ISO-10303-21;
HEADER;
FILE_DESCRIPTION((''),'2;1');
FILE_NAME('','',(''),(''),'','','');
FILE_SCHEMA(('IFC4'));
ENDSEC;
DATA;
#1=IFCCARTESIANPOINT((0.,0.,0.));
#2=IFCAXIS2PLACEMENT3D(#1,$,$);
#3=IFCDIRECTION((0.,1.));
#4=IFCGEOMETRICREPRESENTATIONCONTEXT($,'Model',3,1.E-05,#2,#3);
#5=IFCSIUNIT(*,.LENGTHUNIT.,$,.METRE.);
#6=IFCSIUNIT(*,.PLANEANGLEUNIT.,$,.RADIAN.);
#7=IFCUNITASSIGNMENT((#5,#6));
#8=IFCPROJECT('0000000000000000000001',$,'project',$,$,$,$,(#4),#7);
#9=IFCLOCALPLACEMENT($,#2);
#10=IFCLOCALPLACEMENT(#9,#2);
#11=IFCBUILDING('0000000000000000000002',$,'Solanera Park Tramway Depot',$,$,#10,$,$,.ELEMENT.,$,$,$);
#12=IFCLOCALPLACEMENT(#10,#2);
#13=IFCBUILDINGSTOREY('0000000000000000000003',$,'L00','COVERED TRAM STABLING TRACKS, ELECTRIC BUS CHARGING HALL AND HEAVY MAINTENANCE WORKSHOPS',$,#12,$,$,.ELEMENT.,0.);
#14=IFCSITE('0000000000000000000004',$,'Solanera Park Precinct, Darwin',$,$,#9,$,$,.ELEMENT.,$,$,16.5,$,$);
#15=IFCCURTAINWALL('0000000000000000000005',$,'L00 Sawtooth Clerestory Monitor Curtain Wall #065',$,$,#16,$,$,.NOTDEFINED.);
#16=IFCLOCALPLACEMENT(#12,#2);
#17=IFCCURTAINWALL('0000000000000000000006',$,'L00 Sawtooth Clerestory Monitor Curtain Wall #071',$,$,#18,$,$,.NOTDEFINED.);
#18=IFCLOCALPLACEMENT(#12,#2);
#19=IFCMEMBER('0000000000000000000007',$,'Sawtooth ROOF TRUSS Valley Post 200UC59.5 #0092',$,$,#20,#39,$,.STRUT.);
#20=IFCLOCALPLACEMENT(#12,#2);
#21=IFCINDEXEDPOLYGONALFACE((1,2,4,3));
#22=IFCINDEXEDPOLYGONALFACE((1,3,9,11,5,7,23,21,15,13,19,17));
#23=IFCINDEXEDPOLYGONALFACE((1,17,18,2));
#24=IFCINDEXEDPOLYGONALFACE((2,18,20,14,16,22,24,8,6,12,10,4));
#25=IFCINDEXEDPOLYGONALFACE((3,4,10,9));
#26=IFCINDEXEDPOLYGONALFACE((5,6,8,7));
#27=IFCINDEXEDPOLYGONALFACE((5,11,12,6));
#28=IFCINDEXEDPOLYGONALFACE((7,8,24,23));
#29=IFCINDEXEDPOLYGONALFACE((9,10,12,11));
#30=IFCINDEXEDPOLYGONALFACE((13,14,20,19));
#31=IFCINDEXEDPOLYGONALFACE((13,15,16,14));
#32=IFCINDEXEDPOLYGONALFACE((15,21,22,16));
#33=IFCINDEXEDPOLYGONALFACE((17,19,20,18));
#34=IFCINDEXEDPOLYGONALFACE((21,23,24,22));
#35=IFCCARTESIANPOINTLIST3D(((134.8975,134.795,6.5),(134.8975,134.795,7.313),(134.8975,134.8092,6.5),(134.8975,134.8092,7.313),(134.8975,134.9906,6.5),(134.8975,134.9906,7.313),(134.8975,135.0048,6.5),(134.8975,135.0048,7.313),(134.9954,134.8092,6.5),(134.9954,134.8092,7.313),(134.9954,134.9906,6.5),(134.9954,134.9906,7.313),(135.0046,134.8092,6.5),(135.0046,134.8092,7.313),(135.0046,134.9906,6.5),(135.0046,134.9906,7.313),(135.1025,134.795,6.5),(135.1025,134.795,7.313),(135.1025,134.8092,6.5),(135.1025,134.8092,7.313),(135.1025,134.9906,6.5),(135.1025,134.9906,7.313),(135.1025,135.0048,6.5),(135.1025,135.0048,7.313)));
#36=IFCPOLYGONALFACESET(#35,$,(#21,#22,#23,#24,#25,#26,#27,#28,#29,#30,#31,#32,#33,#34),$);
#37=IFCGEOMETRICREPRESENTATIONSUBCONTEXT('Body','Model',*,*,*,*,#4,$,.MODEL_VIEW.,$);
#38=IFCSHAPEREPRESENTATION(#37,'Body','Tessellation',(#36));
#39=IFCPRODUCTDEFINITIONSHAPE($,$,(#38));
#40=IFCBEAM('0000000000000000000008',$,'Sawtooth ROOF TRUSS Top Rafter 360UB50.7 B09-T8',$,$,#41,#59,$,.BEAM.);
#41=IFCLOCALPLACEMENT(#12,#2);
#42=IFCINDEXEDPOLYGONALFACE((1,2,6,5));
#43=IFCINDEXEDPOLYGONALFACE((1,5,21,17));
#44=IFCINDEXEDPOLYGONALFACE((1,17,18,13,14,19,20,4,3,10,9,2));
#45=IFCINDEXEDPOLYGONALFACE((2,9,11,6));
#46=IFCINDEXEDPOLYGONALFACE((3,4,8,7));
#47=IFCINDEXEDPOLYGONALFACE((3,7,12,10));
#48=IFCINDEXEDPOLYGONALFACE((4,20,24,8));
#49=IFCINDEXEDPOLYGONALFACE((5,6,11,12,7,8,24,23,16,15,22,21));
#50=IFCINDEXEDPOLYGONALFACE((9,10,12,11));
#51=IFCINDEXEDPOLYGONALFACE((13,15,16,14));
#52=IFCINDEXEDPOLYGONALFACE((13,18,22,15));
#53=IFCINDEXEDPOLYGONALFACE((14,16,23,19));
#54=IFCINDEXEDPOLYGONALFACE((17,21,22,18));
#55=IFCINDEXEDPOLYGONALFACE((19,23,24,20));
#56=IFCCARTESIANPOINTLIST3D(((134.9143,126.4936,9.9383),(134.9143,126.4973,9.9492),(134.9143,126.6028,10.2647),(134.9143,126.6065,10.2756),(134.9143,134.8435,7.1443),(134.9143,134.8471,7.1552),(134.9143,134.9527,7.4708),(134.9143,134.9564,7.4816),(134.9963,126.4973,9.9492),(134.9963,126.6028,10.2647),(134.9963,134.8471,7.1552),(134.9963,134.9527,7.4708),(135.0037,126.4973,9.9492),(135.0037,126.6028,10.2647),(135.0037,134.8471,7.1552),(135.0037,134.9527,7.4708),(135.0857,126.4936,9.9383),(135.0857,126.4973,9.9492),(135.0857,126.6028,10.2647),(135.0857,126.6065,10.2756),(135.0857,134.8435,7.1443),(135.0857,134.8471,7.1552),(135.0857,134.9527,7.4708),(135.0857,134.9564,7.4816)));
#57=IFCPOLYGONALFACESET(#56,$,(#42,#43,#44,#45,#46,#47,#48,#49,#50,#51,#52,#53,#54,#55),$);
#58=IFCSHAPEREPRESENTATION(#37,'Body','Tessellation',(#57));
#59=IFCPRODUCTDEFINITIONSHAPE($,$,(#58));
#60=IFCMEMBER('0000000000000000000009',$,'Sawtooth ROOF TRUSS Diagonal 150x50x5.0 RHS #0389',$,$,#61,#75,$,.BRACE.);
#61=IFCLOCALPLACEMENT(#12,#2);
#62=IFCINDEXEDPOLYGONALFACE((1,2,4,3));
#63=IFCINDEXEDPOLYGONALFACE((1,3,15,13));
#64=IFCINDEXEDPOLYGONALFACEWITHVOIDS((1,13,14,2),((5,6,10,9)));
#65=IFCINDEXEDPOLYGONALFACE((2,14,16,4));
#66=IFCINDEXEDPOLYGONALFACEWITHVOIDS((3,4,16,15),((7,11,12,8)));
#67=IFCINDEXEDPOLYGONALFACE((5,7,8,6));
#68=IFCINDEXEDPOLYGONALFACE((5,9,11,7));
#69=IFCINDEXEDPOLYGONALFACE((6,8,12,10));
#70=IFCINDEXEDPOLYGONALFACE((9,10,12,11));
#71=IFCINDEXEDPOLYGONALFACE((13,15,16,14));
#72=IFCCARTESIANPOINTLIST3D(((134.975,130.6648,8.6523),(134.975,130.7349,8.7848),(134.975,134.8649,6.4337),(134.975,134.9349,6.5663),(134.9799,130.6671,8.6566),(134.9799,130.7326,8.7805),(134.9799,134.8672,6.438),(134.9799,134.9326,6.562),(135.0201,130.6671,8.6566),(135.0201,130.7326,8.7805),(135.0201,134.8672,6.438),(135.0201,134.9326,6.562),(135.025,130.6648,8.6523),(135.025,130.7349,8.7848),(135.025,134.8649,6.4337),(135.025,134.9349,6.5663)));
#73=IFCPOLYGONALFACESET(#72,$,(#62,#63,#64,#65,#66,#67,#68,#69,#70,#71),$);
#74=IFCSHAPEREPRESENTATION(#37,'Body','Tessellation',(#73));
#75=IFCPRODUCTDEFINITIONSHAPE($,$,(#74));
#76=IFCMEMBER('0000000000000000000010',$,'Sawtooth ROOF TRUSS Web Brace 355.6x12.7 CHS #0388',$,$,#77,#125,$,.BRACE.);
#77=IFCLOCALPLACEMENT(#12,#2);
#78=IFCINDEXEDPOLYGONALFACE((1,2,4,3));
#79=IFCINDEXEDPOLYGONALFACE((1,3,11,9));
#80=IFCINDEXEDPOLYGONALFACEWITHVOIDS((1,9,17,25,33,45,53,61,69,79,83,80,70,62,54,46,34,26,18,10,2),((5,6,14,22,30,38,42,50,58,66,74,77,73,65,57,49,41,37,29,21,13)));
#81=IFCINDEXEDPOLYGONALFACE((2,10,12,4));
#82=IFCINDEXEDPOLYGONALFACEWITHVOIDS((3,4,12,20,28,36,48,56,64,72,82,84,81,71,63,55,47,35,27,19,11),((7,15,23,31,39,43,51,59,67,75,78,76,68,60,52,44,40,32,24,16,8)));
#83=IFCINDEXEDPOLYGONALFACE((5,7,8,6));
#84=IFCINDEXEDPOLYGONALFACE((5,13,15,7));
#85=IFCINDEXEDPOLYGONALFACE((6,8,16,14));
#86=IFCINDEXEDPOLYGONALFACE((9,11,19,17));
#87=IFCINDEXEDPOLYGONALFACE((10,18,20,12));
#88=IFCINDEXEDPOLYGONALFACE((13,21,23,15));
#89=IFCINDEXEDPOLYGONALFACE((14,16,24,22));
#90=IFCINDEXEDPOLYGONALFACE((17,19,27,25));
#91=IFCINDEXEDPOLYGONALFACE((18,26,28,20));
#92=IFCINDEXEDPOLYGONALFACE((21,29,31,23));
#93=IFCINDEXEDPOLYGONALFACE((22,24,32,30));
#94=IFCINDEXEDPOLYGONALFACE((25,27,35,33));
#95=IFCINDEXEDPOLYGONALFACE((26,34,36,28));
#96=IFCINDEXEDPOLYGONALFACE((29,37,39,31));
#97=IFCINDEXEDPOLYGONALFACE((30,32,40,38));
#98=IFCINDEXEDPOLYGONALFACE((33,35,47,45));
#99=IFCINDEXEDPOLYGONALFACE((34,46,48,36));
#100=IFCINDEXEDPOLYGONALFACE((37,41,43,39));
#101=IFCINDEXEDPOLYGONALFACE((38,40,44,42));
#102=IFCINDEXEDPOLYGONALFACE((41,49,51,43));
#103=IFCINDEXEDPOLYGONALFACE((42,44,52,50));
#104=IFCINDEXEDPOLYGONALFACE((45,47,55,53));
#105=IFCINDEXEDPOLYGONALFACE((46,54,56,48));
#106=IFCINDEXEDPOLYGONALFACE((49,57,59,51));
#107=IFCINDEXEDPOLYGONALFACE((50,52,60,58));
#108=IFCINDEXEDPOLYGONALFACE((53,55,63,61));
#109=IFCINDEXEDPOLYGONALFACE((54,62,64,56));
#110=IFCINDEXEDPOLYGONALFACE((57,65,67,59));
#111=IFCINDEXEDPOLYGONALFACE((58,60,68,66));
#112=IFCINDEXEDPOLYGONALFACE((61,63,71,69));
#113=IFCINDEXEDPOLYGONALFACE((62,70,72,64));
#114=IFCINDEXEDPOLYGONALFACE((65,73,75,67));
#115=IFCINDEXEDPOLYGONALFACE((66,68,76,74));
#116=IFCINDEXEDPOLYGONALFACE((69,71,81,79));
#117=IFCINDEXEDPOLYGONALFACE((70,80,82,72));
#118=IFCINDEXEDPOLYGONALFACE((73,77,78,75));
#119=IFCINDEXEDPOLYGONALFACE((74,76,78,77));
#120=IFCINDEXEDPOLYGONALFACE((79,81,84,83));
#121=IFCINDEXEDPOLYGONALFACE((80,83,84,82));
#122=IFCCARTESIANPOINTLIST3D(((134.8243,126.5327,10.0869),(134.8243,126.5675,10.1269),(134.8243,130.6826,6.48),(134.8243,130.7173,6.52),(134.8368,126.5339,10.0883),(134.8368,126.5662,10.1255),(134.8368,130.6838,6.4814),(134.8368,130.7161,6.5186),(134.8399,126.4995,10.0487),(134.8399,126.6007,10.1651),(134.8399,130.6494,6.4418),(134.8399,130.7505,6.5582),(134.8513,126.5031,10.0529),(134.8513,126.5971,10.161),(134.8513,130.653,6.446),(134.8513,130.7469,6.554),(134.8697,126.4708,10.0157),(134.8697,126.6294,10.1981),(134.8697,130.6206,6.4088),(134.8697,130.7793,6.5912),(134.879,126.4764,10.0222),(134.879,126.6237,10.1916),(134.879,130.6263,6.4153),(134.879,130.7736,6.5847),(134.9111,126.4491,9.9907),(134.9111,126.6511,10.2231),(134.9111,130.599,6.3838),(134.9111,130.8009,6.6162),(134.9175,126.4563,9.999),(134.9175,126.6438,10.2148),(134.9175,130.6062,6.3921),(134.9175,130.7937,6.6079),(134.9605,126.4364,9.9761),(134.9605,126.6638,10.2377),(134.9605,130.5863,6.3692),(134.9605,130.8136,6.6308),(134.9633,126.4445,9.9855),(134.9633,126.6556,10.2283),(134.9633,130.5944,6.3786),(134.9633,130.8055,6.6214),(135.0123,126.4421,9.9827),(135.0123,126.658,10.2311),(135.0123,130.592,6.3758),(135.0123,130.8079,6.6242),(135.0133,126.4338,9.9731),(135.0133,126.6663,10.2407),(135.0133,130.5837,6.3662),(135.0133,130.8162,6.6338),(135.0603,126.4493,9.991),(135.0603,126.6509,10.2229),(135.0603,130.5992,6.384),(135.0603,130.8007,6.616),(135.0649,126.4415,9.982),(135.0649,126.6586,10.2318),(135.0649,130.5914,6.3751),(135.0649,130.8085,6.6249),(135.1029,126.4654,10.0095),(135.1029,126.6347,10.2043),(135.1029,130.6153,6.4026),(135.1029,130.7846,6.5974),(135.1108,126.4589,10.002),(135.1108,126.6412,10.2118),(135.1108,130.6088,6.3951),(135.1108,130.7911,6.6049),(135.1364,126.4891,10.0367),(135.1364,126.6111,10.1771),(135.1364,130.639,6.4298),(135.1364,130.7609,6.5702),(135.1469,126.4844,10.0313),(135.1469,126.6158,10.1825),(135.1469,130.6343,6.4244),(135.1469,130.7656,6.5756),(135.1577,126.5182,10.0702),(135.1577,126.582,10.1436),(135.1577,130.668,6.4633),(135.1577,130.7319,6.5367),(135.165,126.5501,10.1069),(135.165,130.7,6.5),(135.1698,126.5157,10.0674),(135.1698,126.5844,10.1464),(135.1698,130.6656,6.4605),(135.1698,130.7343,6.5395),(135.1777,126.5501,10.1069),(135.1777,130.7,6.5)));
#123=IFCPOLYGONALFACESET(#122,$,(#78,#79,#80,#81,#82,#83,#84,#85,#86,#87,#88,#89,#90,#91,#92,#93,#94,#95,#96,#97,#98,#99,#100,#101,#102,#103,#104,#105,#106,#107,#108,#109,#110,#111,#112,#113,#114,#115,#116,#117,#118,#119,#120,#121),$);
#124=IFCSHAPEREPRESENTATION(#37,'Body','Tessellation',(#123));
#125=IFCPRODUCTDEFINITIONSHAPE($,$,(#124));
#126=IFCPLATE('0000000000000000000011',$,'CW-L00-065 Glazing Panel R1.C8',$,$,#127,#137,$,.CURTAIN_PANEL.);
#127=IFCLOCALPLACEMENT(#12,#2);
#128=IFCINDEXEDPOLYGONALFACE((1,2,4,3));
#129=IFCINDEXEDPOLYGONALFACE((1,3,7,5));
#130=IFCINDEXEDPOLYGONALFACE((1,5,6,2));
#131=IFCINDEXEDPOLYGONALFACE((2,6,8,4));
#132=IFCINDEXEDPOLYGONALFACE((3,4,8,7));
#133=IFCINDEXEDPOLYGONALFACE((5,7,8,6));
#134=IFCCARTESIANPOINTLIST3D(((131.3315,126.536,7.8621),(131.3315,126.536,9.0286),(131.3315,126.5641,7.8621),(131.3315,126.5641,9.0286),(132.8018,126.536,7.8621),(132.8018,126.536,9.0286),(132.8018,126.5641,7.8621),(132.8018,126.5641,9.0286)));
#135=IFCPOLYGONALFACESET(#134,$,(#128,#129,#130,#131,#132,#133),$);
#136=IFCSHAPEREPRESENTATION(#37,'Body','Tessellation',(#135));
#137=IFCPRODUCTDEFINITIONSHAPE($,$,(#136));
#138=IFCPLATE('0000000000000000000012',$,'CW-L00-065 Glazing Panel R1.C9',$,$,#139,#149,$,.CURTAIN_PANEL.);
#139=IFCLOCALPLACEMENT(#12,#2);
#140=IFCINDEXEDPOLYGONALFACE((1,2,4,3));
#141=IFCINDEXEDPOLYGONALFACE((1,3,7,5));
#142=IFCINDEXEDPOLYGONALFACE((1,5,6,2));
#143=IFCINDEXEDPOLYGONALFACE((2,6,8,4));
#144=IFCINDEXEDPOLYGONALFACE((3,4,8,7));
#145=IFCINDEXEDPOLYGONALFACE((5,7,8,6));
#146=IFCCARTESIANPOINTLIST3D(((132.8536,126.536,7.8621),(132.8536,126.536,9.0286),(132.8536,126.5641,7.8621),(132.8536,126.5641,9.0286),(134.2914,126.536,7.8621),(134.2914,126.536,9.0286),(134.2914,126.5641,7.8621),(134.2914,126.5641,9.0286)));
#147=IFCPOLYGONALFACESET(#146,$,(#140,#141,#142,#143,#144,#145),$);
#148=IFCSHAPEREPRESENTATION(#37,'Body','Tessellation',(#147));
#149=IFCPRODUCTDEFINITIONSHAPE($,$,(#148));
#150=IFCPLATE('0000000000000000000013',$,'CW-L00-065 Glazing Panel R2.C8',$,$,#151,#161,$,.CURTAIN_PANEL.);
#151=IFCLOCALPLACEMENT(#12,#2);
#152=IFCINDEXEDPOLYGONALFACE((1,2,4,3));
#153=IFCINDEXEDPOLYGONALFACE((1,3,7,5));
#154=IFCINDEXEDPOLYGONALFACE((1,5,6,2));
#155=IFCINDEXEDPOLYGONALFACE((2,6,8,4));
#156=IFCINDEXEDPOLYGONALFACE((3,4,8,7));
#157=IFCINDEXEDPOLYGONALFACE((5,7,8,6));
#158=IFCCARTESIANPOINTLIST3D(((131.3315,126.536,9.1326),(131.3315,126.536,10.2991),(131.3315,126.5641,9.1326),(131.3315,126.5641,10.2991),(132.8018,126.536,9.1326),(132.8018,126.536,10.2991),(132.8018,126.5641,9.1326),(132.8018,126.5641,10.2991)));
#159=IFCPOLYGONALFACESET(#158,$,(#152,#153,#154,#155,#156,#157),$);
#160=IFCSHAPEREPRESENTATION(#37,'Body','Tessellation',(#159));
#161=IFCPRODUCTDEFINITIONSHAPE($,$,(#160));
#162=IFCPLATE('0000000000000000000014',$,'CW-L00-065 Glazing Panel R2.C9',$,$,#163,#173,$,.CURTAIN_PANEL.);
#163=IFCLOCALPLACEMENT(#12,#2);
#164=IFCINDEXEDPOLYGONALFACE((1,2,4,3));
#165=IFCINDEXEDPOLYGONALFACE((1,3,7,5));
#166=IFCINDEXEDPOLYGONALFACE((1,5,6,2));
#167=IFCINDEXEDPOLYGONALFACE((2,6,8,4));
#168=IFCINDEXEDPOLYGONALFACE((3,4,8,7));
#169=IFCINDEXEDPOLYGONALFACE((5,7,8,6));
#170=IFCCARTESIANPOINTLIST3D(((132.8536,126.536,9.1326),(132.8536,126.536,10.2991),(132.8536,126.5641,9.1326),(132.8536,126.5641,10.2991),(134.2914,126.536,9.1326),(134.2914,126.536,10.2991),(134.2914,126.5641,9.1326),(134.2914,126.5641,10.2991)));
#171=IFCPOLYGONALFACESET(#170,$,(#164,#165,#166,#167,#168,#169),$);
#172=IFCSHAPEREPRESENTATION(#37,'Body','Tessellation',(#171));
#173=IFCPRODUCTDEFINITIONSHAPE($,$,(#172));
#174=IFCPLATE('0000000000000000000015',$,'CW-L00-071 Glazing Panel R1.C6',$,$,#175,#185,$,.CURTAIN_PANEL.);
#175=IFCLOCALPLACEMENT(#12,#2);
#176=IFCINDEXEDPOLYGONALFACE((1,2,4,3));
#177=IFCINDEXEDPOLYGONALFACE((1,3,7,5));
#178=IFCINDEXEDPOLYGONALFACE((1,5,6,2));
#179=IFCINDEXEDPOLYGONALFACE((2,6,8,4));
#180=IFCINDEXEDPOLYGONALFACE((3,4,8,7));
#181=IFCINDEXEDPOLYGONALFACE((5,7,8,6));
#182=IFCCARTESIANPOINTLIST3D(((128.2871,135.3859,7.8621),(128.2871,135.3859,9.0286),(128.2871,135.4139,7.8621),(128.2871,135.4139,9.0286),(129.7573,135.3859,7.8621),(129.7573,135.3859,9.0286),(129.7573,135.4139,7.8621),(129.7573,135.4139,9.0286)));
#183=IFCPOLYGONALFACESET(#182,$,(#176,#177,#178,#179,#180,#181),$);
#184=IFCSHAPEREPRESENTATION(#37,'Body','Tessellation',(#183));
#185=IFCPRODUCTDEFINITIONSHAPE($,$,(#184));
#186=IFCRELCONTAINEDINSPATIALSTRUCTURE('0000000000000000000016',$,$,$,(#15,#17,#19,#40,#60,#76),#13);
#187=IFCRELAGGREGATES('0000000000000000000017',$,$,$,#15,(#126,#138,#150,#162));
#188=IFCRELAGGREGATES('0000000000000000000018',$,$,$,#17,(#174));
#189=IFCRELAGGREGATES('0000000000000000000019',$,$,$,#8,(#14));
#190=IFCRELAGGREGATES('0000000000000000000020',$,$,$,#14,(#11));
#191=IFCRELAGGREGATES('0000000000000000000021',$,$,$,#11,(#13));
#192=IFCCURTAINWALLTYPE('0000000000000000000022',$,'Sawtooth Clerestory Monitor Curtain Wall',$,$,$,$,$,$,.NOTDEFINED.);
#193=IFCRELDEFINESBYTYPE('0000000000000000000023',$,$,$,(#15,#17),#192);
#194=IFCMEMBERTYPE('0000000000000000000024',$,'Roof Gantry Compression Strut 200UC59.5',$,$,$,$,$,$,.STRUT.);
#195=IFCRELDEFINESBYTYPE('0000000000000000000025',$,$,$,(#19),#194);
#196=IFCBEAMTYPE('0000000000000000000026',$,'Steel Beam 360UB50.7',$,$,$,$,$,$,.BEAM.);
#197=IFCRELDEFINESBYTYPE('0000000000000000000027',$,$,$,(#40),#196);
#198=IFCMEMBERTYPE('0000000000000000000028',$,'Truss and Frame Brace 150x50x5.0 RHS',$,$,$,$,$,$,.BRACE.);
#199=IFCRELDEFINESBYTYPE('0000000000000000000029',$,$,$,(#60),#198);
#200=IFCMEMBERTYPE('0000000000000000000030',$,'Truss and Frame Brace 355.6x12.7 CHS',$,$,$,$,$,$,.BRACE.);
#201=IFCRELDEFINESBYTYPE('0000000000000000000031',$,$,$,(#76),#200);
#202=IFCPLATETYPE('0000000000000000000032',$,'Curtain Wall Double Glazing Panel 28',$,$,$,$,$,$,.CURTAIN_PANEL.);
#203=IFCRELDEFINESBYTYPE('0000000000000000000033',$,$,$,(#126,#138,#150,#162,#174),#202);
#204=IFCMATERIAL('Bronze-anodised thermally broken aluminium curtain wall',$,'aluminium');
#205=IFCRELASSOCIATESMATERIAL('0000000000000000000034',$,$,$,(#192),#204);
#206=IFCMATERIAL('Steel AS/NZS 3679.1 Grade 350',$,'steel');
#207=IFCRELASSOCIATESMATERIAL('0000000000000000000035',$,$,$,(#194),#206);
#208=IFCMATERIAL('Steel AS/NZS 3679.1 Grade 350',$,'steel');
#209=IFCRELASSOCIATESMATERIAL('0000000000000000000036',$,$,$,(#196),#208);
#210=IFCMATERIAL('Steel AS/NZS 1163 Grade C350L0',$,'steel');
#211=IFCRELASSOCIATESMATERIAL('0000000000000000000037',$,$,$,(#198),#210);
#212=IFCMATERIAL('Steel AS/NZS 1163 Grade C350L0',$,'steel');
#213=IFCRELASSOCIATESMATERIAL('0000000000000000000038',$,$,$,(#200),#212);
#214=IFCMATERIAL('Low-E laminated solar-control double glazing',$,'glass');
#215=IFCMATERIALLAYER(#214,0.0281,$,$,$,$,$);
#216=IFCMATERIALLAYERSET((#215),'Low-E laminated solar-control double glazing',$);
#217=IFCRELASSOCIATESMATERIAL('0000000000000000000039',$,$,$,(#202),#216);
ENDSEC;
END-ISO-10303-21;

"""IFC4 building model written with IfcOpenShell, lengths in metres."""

from ifc_helpers import new_model, si_unit, direction, frame, origin, origin_2d, place, context, subcontext, project, spatial, rectangle, hollow_rectangle, hollow_circle, i_section, extrude, material, layer, layer_set, material_profile, profile_set, type_object, element, aggregate, save


model = new_model("IFC4")

# Units and contexts
model_context = context("Model", 3, precision=1e-05, world=origin(), true_north=direction((0.0, 1.0)))
body_context = subcontext(model_context, "Body", "Model", "MODEL_VIEW")
ifc_project = project(units=[si_unit("LENGTHUNIT", "METRE"), si_unit("PLANEANGLEUNIT", "RADIAN")], contexts=[model_context])

# Site, building, storey
site_placement = place(None, origin())
site = spatial("IfcSite", under=ifc_project, at=site_placement, Name="Solanera Park Precinct, Darwin", CompositionType="ELEMENT", RefElevation=16.5)
building_placement = place(site_placement, origin())
building = spatial("IfcBuilding", under=site, at=building_placement, Name="Solanera Park Tramway Depot", CompositionType="ELEMENT")
storey_placement = place(building_placement, origin())
storey = spatial("IfcBuildingStorey", under=building, at=storey_placement, Name="L00", Description="COVERED TRAM STABLING TRACKS, ELECTRIC BUS CHARGING HALL AND HEAVY MAINTENANCE WORKSHOPS", CompositionType="ELEMENT", Elevation=0.0)

# Curtain wall
ifc_material_1 = material(Name="Bronze-anodised thermally broken aluminium curtain wall", Category="aluminium")
curtain_wall_type = type_object("IfcCurtainWallType", Name="Sawtooth Clerestory Monitor Curtain Wall", PredefinedType="NOTDEFINED", material=ifc_material_1)
curtain_wall_1_placement = place(storey_placement, origin())
curtain_wall_1 = element("IfcCurtainWall", 1, at=curtain_wall_1_placement, inside=storey, type_object=curtain_wall_type, Name="L00 Sawtooth Clerestory Monitor Curtain Wall #065", PredefinedType="NOTDEFINED")

# Curtain wall
curtain_wall_2_placement = place(storey_placement, origin())
curtain_wall_2 = element("IfcCurtainWall", 2, at=curtain_wall_2_placement, inside=storey, type_object=curtain_wall_type, Name="L00 Sawtooth Clerestory Monitor Curtain Wall #071", PredefinedType="NOTDEFINED")

# Member
ifc_material_2 = material(Name="Steel AS/NZS 3679.1 Grade 350", Category="steel")
ifc_material_profile_1 = material_profile(ifc_material_2, i_section(OverallWidth=0.2051, OverallDepth=0.2097, WebThickness=0.0093, FlangeThickness=0.0142, at=origin_2d()), Name="200UC59.5")
ifc_profile_set_1 = profile_set([ifc_material_profile_1], Name="Steel AS/NZS 3679.1 Grade 350")
member_type_1 = type_object("IfcMemberType", Name="Roof Gantry Compression Strut 200UC59.5", PredefinedType="STRUT", material=ifc_profile_set_1)
member_1_placement = place(storey_placement, frame((135.0, 134.8999, 6.5), z_axis=(0.0, 0.0, 1.0), x_axis=(1.0, 0.0, 0.0)))
element("IfcMember", 3, at=member_1_placement, inside=storey, type_object=member_type_1, Name="Sawtooth ROOF TRUSS Valley Post 200UC59.5 #0092", PredefinedType="STRUT", context=body_context, shape_type="SweptSolid", body=[
    extrude(i_section(OverallWidth=0.2051, OverallDepth=0.2097, WebThickness=0.0093, FlangeThickness=0.0142, at=origin_2d()), origin(), (0.0, 0.0, 1.0), 0.813),
])

# Beam
ifc_material_3 = material(Name="Steel AS/NZS 3679.1 Grade 350", Category="steel")
ifc_material_profile_2 = material_profile(ifc_material_3, i_section(OverallWidth=0.1714, OverallDepth=0.3557, WebThickness=0.0073, FlangeThickness=0.0115, at=origin_2d()), Name="360UB50.7")
ifc_profile_set_2 = profile_set([ifc_material_profile_2], Name="Steel AS/NZS 3679.1 Grade 350")
beam_type = type_object("IfcBeamType", Name="Steel Beam 360UB50.7", PredefinedType="BEAM", material=ifc_profile_set_2)
beam_placement = place(storey_placement, frame((135.0, 126.55, 10.1069), z_axis=(0.0, 0.948319, -0.317317), x_axis=(-1.0, 0.0, 0.0)))
element("IfcBeam", 4, at=beam_placement, inside=storey, type_object=beam_type, Name="Sawtooth ROOF TRUSS Top Rafter 360UB50.7 B09-T8", PredefinedType="BEAM", context=body_context, shape_type="SweptSolid", body=[
    extrude(i_section(OverallWidth=0.1714, OverallDepth=0.3557, WebThickness=0.0073, FlangeThickness=0.0115, at=origin_2d()), origin(), (0.0, 0.0, 1.0), 8.8049),
])

# Members
ifc_material_4 = material(Name="Steel AS/NZS 1163 Grade C350L0", Category="steel")
ifc_material_profile_3 = material_profile(ifc_material_4, hollow_rectangle(XDim=0.05, YDim=0.1499, WallThickness=0.0049, at=origin_2d()), Name="150x50x5.0 RHS")
ifc_profile_set_3 = profile_set([ifc_material_profile_3], Name="Steel AS/NZS 1163 Grade C350L0")
member_type_2 = type_object("IfcMemberType", Name="Truss and Frame Brace 150x50x5.0 RHS", PredefinedType="BRACE", material=ifc_profile_set_3)
member_2_placement = place(storey_placement, frame((135.0, 134.8999, 6.5), z_axis=(0.0, -0.884223, 0.467066), x_axis=(1.0, 0.0, 0.0)))
element("IfcMember", 5, at=member_2_placement, inside=storey, type_object=member_type_2, Name="Sawtooth ROOF TRUSS Diagonal 150x50x5.0 RHS #0389", PredefinedType="BRACE", context=body_context, shape_type="SweptSolid", body=[
    extrude(hollow_rectangle(XDim=0.05, YDim=0.1499, WallThickness=0.0049, at=origin_2d()), origin(), (0.0, 0.0, 1.0), 4.75),
])
ifc_material_5 = material(Name="Steel AS/NZS 1163 Grade C350L0", Category="steel")
ifc_material_profile_4 = material_profile(ifc_material_5, hollow_circle(Radius=0.1777, WallThickness=0.0127, at=origin_2d()), Name="355.6x12.7 CHS")
ifc_profile_set_4 = profile_set([ifc_material_profile_4], Name="Steel AS/NZS 1163 Grade C350L0")
member_type_3 = type_object("IfcMemberType", Name="Truss and Frame Brace 355.6x12.7 CHS", PredefinedType="BRACE", material=ifc_profile_set_4)
member_3_placement = place(storey_placement, frame((135.0, 130.7, 6.5), z_axis=(0.0, -0.754757, 0.656005), x_axis=(1.0, 0.0, 0.0)))
element("IfcMember", 6, at=member_3_placement, inside=storey, type_object=member_type_3, Name="Sawtooth ROOF TRUSS Web Brace 355.6x12.7 CHS #0388", PredefinedType="BRACE", context=body_context, shape_type="SweptSolid", body=[
    extrude(hollow_circle(Radius=0.1777, WallThickness=0.0127, at=origin_2d()), origin(), (0.0, 0.0, 1.0), 5.4983),
])

# Plates
ifc_material_6 = material(Name="Low-E laminated solar-control double glazing", Category="glass")
ifc_layer_1 = layer(ifc_material_6, 0.0281)
ifc_layer_set_1 = layer_set([ifc_layer_1], Name="Low-E laminated solar-control double glazing")
plate_type_1 = type_object("IfcPlateType", Name="Curtain Wall Double Glazing Panel 28", PredefinedType="CURTAIN_PANEL", material=ifc_layer_set_1)
plate_1_placement = place(storey_placement, frame((132.0667, 126.55, 7.8621), z_axis=(0.0, 0.0, 1.0), x_axis=(1.0, 0.0, 0.0)))
plate_1 = element("IfcPlate", 7, at=plate_1_placement, type_object=plate_type_1, Name="CW-L00-065 Glazing Panel R1.C8", PredefinedType="CURTAIN_PANEL", context=body_context, shape_type="SweptSolid", body=[
    extrude(rectangle(XDim=1.4702, YDim=0.0281, at=origin_2d()), origin(), (0.0, 0.0, 1.0), 1.1665),
])
plate_2_placement = place(storey_placement, frame((133.5725, 126.55, 7.8621), z_axis=(0.0, 0.0, 1.0), x_axis=(1.0, 0.0, 0.0)))
plate_2 = element("IfcPlate", 8, at=plate_2_placement, type_object=plate_type_1, Name="CW-L00-065 Glazing Panel R1.C9", PredefinedType="CURTAIN_PANEL", context=body_context, shape_type="SweptSolid", body=[
    extrude(rectangle(XDim=1.4377, YDim=0.0281, at=origin_2d()), origin(), (0.0, 0.0, 1.0), 1.1665),
])
plate_3_placement = place(storey_placement, frame((132.0667, 126.55, 9.1326), z_axis=(0.0, 0.0, 1.0), x_axis=(1.0, 0.0, 0.0)))
plate_3 = element("IfcPlate", 9, at=plate_3_placement, type_object=plate_type_1, Name="CW-L00-065 Glazing Panel R2.C8", PredefinedType="CURTAIN_PANEL", context=body_context, shape_type="SweptSolid", body=[
    extrude(rectangle(XDim=1.4702, YDim=0.0281, at=origin_2d()), origin(), (0.0, 0.0, 1.0), 1.1665),
])
plate_4_placement = place(storey_placement, frame((133.5725, 126.55, 9.1326), z_axis=(0.0, 0.0, 1.0), x_axis=(1.0, 0.0, 0.0)))
plate_4 = element("IfcPlate", 10, at=plate_4_placement, type_object=plate_type_1, Name="CW-L00-065 Glazing Panel R2.C9", PredefinedType="CURTAIN_PANEL", context=body_context, shape_type="SweptSolid", body=[
    extrude(rectangle(XDim=1.4377, YDim=0.0281, at=origin_2d()), origin(), (0.0, 0.0, 1.0), 1.1665),
])
aggregate(curtain_wall_1, [plate_1, plate_2, plate_3, plate_4])
plate_5_placement = place(storey_placement, frame((129.0222, 135.3999, 7.8621), z_axis=(0.0, 0.0, 1.0), x_axis=(1.0, 0.0, 0.0)))
plate_5 = element("IfcPlate", 11, at=plate_5_placement, type_object=plate_type_1, Name="CW-L00-071 Glazing Panel R1.C6", PredefinedType="CURTAIN_PANEL", context=body_context, shape_type="SweptSolid", body=[
    extrude(rectangle(XDim=1.4702, YDim=0.0281, at=origin_2d()), origin(), (0.0, 0.0, 1.0), 1.1665),
])
aggregate(curtain_wall_2, [plate_5])

save(model, "model.ifc")
